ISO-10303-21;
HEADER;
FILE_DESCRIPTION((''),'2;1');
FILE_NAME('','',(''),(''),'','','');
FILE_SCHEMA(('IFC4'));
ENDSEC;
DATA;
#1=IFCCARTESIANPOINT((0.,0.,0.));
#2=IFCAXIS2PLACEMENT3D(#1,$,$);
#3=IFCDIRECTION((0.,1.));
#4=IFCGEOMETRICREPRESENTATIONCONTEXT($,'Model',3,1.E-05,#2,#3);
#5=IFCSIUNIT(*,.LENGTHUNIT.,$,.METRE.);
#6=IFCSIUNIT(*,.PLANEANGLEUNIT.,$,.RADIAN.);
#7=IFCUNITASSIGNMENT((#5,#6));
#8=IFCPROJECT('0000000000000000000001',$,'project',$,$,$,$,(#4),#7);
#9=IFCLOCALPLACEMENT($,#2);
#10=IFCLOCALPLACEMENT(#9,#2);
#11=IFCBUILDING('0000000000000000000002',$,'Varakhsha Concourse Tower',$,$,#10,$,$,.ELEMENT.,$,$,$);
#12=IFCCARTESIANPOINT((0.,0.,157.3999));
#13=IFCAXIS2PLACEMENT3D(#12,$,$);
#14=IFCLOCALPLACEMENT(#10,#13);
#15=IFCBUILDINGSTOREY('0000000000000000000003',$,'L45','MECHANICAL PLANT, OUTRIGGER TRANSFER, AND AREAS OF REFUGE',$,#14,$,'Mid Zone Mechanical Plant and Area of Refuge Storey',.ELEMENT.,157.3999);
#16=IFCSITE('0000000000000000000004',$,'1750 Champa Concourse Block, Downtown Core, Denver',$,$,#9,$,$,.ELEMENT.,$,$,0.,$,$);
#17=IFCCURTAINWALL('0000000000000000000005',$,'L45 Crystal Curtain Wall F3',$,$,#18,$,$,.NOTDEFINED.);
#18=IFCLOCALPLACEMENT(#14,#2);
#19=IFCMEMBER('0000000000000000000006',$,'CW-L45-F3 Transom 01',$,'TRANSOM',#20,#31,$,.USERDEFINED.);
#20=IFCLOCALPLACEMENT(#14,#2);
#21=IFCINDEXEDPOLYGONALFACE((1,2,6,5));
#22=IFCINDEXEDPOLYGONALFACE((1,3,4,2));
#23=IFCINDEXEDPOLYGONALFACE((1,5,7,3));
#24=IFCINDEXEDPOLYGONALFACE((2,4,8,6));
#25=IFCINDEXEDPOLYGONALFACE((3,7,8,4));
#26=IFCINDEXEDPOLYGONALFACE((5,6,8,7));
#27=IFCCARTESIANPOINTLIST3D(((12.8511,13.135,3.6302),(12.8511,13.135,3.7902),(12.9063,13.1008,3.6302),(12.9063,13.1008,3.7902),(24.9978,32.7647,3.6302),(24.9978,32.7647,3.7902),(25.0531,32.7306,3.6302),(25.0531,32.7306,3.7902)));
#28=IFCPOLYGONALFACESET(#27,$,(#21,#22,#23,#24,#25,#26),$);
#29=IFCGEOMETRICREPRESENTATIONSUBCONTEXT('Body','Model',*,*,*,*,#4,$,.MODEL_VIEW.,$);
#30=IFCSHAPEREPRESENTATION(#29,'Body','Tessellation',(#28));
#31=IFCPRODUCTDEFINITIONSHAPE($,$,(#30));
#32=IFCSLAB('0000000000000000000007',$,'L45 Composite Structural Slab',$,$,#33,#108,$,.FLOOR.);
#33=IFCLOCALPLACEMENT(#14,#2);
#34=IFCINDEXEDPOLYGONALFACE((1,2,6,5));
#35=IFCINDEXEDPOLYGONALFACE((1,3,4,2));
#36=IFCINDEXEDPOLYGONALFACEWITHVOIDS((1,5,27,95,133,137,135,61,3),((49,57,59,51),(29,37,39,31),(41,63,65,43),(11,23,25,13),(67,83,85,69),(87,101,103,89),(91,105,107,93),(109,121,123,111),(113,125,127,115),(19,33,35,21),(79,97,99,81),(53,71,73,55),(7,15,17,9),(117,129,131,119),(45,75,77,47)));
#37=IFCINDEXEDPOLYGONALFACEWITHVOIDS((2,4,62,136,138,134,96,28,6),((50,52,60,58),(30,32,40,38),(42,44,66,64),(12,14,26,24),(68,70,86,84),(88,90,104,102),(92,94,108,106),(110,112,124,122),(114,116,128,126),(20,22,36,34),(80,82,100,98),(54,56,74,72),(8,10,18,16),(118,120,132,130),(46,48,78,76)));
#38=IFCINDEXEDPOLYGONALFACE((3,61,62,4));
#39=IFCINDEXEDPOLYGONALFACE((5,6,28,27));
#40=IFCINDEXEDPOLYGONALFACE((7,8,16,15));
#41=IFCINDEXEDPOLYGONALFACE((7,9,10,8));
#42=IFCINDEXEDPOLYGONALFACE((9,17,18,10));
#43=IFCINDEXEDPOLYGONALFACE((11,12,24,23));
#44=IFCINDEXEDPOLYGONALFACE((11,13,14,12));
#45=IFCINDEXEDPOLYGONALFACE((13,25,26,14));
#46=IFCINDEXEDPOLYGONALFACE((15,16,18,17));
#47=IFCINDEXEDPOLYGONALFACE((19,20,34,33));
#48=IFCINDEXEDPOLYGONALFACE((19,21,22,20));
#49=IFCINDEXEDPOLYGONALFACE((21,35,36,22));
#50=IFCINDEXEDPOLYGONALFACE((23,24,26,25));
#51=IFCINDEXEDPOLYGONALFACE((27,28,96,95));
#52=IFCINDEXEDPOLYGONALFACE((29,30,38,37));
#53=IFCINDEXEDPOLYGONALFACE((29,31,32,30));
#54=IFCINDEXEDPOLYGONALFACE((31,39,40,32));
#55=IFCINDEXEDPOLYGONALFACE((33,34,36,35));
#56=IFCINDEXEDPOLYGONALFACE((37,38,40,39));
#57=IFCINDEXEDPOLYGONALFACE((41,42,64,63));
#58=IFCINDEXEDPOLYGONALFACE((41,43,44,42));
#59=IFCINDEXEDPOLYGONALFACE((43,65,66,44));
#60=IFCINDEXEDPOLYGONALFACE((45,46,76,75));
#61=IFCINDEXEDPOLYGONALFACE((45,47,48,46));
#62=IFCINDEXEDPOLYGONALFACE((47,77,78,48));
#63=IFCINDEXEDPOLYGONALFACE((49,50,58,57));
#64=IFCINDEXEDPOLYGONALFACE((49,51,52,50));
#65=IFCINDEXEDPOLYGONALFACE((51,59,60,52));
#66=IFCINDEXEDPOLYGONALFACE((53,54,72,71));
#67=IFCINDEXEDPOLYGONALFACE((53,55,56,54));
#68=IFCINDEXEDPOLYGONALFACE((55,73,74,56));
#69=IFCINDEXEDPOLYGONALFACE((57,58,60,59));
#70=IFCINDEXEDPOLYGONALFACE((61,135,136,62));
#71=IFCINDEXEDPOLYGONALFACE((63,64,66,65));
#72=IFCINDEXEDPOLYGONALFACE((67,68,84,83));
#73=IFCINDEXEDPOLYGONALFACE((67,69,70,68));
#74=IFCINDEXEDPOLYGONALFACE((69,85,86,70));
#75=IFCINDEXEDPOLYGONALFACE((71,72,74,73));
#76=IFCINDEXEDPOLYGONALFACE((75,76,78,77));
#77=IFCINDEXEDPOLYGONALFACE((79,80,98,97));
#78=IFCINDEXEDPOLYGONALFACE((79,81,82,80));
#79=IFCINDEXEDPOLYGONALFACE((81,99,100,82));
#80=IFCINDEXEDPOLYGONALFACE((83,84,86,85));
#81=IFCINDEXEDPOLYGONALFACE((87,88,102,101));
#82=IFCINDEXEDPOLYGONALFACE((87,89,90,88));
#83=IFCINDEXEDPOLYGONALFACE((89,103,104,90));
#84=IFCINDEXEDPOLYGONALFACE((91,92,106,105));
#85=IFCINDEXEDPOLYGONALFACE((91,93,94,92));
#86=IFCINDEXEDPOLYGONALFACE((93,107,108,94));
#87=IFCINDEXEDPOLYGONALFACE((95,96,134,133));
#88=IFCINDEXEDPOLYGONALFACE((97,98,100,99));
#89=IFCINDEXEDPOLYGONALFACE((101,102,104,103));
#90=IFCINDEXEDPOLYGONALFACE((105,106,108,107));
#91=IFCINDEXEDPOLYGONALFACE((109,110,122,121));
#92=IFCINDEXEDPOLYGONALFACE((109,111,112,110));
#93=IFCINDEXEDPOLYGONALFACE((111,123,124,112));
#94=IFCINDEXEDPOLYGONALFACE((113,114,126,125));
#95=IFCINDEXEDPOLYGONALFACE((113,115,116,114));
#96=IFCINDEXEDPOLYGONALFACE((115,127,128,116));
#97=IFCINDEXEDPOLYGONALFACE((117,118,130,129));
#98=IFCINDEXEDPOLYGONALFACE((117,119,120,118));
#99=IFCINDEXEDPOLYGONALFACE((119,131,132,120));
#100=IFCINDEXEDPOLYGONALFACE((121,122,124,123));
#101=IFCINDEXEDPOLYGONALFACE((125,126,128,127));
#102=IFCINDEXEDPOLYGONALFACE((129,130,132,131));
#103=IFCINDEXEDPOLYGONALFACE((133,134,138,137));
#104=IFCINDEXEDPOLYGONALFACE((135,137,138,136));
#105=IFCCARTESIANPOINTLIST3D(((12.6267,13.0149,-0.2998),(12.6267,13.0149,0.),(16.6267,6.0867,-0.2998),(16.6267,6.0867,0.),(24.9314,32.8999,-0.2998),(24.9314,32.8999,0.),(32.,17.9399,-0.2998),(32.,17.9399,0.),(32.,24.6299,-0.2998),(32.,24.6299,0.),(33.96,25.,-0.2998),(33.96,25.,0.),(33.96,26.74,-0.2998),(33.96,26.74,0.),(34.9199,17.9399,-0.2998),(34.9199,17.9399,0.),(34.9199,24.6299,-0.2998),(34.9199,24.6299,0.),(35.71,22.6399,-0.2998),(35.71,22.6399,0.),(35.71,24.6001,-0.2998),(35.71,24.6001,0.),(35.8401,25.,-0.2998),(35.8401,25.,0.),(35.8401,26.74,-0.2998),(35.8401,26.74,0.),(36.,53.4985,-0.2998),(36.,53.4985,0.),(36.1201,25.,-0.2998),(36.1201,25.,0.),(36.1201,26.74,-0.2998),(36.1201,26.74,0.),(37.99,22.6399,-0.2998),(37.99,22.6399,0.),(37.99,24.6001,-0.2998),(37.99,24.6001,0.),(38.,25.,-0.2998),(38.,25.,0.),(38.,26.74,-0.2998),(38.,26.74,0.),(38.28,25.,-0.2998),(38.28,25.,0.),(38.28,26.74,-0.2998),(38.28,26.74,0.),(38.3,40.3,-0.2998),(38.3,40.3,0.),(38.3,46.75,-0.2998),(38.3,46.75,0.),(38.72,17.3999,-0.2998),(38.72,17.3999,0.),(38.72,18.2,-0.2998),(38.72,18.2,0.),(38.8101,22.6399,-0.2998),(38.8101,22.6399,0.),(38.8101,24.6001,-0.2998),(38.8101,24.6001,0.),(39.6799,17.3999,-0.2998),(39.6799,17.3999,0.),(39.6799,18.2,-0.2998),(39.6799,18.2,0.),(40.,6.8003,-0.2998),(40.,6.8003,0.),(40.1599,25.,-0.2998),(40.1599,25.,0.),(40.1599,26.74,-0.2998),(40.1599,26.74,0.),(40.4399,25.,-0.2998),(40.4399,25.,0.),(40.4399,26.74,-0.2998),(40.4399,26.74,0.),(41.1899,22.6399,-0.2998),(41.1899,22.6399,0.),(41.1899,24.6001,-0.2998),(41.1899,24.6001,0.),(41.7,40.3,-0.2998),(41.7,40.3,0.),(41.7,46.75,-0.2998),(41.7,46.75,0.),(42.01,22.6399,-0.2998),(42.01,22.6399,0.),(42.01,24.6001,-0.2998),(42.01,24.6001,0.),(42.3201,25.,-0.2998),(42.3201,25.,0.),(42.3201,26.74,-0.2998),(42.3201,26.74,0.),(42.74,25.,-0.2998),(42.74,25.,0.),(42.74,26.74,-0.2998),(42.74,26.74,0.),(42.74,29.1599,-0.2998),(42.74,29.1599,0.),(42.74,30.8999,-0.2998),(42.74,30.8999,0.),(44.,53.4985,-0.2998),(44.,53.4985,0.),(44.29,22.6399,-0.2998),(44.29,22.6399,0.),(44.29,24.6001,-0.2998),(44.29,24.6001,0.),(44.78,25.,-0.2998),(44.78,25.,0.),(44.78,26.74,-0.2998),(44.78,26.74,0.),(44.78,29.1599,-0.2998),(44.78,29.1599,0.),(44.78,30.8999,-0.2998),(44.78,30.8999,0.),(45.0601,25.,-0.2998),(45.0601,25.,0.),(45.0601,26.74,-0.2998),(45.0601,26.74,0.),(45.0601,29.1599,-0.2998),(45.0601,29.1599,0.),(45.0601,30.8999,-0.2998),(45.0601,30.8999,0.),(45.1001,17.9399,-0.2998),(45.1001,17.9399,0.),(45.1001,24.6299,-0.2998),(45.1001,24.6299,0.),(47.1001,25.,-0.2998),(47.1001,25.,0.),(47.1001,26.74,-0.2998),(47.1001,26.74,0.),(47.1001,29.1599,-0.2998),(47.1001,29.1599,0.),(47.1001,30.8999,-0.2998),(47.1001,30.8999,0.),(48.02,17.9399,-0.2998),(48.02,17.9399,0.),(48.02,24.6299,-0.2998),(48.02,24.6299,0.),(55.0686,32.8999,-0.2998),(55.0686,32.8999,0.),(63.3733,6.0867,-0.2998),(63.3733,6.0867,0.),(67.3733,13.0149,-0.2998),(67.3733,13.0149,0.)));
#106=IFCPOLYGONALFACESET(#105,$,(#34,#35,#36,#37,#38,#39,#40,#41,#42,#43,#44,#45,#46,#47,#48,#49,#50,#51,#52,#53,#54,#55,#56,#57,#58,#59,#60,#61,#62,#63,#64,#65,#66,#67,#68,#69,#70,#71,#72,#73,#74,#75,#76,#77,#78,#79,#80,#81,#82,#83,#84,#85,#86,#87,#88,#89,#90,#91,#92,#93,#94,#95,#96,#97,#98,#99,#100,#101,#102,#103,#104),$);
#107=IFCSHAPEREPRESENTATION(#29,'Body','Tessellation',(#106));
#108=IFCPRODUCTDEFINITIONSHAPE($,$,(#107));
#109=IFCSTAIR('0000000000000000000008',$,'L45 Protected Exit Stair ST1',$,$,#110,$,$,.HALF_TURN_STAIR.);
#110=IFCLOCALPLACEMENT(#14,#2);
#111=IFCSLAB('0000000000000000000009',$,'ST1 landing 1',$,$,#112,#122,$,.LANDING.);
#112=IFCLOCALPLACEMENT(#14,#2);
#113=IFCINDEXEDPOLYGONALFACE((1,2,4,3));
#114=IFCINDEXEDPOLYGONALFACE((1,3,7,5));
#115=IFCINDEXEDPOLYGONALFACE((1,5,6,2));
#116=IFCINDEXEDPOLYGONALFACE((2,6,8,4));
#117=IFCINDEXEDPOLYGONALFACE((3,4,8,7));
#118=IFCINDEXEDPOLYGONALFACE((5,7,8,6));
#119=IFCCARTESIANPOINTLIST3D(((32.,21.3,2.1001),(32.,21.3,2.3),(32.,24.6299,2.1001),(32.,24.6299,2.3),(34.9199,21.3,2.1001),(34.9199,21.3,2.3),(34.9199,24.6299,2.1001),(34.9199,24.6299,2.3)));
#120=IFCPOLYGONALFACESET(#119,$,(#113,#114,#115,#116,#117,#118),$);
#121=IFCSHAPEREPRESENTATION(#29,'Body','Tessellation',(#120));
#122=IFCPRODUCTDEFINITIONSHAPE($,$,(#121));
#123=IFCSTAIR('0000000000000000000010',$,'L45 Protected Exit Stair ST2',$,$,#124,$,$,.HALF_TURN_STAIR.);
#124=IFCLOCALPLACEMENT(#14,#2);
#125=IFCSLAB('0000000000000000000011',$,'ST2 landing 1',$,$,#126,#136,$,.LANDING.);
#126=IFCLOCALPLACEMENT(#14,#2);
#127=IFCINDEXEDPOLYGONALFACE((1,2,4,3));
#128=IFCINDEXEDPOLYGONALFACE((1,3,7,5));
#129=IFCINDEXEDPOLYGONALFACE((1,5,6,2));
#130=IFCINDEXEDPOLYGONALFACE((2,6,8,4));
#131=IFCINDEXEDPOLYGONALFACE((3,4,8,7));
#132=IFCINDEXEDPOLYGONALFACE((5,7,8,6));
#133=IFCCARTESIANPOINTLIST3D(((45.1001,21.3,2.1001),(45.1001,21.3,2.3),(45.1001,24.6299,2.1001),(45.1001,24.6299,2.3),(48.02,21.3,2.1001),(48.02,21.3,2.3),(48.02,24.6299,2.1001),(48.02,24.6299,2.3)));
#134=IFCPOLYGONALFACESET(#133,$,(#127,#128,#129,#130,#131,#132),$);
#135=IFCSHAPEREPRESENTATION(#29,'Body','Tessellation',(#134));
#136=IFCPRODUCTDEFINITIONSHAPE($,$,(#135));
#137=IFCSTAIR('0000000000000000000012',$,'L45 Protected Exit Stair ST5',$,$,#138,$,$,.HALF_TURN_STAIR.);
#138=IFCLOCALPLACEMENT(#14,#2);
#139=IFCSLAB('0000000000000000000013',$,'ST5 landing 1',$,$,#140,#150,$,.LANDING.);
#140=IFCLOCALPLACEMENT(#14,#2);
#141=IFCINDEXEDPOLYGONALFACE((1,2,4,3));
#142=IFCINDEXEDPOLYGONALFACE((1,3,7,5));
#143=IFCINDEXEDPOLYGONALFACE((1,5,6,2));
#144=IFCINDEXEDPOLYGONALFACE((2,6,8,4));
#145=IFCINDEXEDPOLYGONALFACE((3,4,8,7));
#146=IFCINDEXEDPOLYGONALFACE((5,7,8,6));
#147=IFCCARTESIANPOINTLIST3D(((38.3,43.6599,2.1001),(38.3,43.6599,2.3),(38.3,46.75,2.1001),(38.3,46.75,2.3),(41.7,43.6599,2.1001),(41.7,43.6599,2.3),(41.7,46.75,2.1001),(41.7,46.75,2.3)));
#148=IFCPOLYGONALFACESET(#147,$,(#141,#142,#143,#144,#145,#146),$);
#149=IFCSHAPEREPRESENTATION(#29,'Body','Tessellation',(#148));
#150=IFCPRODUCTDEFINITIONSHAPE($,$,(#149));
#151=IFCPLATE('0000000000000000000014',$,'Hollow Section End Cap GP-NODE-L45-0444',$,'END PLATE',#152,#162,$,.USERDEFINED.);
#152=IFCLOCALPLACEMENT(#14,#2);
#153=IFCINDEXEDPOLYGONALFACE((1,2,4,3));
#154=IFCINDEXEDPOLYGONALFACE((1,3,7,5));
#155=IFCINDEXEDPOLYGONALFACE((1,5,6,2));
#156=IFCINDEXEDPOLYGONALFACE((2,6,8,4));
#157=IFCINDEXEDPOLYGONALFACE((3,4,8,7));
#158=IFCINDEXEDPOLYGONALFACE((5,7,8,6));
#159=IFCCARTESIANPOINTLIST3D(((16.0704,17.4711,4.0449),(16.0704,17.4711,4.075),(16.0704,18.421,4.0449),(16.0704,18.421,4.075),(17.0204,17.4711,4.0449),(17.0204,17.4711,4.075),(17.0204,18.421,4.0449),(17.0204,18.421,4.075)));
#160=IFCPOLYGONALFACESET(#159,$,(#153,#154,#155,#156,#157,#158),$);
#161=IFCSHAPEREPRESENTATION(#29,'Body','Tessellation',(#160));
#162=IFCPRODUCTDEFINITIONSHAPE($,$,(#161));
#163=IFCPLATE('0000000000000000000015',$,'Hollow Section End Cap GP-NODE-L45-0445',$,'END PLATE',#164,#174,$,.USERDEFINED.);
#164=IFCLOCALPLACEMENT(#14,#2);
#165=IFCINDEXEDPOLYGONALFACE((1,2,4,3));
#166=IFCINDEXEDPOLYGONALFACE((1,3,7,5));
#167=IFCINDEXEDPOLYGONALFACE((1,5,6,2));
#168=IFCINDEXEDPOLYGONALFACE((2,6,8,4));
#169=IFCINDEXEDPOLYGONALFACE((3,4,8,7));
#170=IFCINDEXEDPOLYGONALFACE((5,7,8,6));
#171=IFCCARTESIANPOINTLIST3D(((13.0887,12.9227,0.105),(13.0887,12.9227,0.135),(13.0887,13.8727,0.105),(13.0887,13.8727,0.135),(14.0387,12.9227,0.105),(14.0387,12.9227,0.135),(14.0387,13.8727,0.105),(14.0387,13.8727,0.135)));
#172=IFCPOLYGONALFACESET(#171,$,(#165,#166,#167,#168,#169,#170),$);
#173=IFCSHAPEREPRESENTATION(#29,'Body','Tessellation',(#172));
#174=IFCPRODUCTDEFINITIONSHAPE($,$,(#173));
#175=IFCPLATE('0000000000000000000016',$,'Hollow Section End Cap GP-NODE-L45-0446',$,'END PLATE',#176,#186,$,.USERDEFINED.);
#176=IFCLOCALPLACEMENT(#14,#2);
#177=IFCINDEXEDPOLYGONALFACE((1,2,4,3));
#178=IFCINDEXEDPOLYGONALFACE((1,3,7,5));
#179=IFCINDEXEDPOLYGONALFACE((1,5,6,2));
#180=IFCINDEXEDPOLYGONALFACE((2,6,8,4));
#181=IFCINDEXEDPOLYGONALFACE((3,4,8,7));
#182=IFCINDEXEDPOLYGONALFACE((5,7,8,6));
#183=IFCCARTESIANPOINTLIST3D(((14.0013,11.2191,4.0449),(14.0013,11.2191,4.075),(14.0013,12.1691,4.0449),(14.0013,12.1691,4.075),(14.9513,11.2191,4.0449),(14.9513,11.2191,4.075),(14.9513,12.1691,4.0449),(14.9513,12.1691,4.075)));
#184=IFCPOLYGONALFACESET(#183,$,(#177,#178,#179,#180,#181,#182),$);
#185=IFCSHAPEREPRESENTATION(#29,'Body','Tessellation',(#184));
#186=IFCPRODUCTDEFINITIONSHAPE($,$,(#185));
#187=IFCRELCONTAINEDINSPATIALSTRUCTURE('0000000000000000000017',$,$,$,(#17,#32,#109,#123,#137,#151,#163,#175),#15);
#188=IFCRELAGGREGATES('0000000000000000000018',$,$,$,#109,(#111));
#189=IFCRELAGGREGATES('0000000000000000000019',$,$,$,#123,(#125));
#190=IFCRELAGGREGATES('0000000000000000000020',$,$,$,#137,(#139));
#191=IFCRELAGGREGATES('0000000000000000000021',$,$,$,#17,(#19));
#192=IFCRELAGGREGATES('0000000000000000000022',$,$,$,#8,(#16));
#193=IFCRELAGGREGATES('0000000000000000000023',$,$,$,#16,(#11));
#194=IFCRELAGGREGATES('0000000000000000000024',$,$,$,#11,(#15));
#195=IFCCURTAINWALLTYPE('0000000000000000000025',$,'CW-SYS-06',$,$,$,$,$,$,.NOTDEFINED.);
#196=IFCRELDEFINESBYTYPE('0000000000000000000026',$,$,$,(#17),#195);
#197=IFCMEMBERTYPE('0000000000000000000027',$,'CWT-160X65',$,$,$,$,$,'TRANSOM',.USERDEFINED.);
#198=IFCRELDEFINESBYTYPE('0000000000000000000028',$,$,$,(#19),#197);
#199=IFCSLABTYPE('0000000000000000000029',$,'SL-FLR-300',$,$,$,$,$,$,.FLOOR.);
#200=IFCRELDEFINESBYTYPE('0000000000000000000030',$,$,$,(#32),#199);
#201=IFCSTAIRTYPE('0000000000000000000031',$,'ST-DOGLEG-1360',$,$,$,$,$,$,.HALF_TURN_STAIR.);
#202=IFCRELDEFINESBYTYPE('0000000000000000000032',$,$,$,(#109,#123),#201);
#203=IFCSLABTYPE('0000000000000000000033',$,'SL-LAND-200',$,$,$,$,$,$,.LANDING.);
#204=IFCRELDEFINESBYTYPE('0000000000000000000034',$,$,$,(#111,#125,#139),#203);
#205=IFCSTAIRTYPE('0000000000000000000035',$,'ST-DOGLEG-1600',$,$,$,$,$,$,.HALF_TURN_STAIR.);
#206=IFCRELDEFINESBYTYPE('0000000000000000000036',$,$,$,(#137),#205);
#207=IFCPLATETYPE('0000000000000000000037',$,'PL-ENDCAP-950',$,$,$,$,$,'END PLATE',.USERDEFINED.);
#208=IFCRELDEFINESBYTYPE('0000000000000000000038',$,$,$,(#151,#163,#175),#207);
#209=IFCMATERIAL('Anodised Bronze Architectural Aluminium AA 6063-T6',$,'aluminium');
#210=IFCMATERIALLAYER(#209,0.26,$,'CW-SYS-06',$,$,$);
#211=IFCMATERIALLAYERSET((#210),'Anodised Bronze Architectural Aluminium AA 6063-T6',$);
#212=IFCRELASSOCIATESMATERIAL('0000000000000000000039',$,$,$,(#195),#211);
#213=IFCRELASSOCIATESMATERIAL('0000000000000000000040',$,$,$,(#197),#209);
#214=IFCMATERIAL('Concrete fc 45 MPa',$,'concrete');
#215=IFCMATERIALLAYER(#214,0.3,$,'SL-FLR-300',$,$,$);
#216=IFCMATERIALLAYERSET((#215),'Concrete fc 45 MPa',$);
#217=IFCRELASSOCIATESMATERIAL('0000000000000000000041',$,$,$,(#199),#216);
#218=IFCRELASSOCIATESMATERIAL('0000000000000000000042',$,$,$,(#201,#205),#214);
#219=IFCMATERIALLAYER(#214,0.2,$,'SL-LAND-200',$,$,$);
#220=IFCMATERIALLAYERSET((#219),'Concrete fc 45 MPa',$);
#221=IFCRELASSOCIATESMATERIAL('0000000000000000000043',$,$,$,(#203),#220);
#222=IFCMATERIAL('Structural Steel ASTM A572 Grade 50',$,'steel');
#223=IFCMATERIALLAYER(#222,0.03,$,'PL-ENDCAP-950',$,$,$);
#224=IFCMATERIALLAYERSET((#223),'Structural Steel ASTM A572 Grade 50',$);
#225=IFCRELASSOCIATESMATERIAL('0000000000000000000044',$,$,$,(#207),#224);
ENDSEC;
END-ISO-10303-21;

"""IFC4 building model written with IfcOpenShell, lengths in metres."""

from ifc_helpers import new_model, si_unit, direction, frame, origin, origin_2d, place, context, subcontext, project, spatial, polyline, rectangle, outline, extrude, source, transform, mapped, material, layer, layer_set, material_profile, profile_set, type_object, type_shapes, element, aggregate, save


model = new_model("IFC4")

# Units and contexts
model_context = context("Model", 3, precision=1e-05, world=origin(), true_north=direction((0.0, 1.0)))
body_context = subcontext(model_context, "Body", "Model", "MODEL_VIEW")
ifc_project = project(units=[si_unit("LENGTHUNIT", "METRE"), si_unit("PLANEANGLEUNIT", "RADIAN")], contexts=[model_context])

# Site, building, storey
site_placement = place(None, origin())
site = spatial("IfcSite", under=ifc_project, at=site_placement, Name="1750 Champa Concourse Block, Downtown Core, Denver", CompositionType="ELEMENT", RefElevation=0.0)
building_placement = place(site_placement, origin())
building = spatial("IfcBuilding", under=site, at=building_placement, Name="Varakhsha Concourse Tower", CompositionType="ELEMENT")
storey_placement = place(building_placement, frame((0.0, 0.0, 157.3999)))
storey = spatial("IfcBuildingStorey", under=building, at=storey_placement, Name="L45", Description="MECHANICAL PLANT, OUTRIGGER TRANSFER, AND AREAS OF REFUGE", LongName="Mid Zone Mechanical Plant and Area of Refuge Storey", CompositionType="ELEMENT", Elevation=157.3999)

# Shared definitions
ifc_material_1 = material(Name="Structural Steel ASTM A572 Grade 50", Category="steel")

# Curtain wall
ifc_material_2 = material(Name="Anodised Bronze Architectural Aluminium AA 6063-T6", Category="aluminium")
ifc_layer_1 = layer(ifc_material_2, 0.26, Name="CW-SYS-06")
ifc_layer_set_1 = layer_set([ifc_layer_1], Name="Anodised Bronze Architectural Aluminium AA 6063-T6")
curtain_wall_type = type_object("IfcCurtainWallType", Name="CW-SYS-06", PredefinedType="NOTDEFINED", material=ifc_layer_set_1)
curtain_wall_1_placement = place(storey_placement, origin())
curtain_wall_1 = element("IfcCurtainWall", 1, at=curtain_wall_1_placement, inside=storey, type_object=curtain_wall_type, Name="L45 Crystal Curtain Wall F3", PredefinedType="NOTDEFINED")

# Member
ifc_material_profile_1 = material_profile(ifc_material_2, rectangle(XDim=0.0649, YDim=0.1599, at=origin_2d()), Name="CWT-160X65")
ifc_profile_set_1 = profile_set([ifc_material_profile_1], Name="Anodised Bronze Architectural Aluminium AA 6063-T6")
member_type_1 = type_object("IfcMemberType", Name="CWT-160X65", ElementType="TRANSOM", PredefinedType="USERDEFINED", material=ifc_profile_set_1)
shared_shape_1 = source(origin(), body_context, "Body", "SweptSolid", [
    extrude(rectangle(XDim=0.0649, YDim=0.1599, at=origin_2d()), origin(), (0.0, 0.0, 1.0), 23.084),
])
member_1_placement = place(storey_placement, frame((12.8787, 13.1179, 3.7102), z_axis=(0.526199, 0.850361, 0.0), x_axis=(-0.850361, 0.526199, 0.0)))
member_1 = element("IfcMember", 2, at=member_1_placement, type_object=member_type_1, Name="CW-L45-F3 Transom 01", ObjectType="TRANSOM", PredefinedType="USERDEFINED", context=body_context, shape_type="MappedRepresentation", body=[
    mapped(shared_shape_1, transform((0.0, 0.0, 0.0), scale=1.0)),
])

# Slab
ifc_material_3 = material(Name="Concrete fc 45 MPa", Category="concrete")
ifc_layer_2 = layer(ifc_material_3, 0.3, Name="SL-FLR-300")
ifc_layer_set_2 = layer_set([ifc_layer_2], Name="Concrete fc 45 MPa")
slab_type_1 = type_object("IfcSlabType", Name="SL-FLR-300", PredefinedType="FLOOR", material=ifc_layer_set_2)
slab_1_placement = place(storey_placement, frame((0.0, 0.0, -0.2998)))
element("IfcSlab", 3, at=slab_1_placement, inside=storey, type_object=slab_type_1, Name="L45 Composite Structural Slab", PredefinedType="FLOOR", context=body_context, shape_type="SweptSolid", body=[
    extrude(outline(polyline([(44.0, 53.4985), (36.0, 53.4985), (24.9314, 32.8999), (12.6267, 13.0149), (16.6267, 6.0867), (40.0, 6.8003), (63.3733, 6.0867), (67.3733, 13.0149), (55.0686, 32.8999), (44.0, 53.4985)]), holes=[polyline([(34.9199, 17.9399), (34.9199, 24.6299), (32.0, 24.6299), (32.0, 17.9399), (34.9199, 17.9399)]), polyline([(48.02, 17.9399), (48.02, 24.6299), (45.1001, 24.6299), (45.1001, 17.9399), (48.02, 17.9399)]), polyline([(41.7, 40.3), (41.7, 46.75), (38.3, 46.75), (38.3, 40.3), (41.7, 40.3)]), polyline([(33.96, 25.0), (35.8401, 25.0), (35.8401, 26.74), (33.96, 26.74), (33.96, 25.0)]), polyline([(36.1201, 25.0), (38.0, 25.0), (38.0, 26.74), (36.1201, 26.74), (36.1201, 25.0)]), polyline([(38.28, 25.0), (40.1599, 25.0), (40.1599, 26.74), (38.28, 26.74), (38.28, 25.0)]), polyline([(40.4399, 25.0), (42.3201, 25.0), (42.3201, 26.74), (40.4399, 26.74), (40.4399, 25.0)]), polyline([(42.74, 29.1599), (44.78, 29.1599), (44.78, 30.8999), (42.74, 30.8999), (42.74, 29.1599)]), polyline([(45.0601, 29.1599), (47.1001, 29.1599), (47.1001, 30.8999), (45.0601, 30.8999), (45.0601, 29.1599)]), polyline([(42.74, 25.0), (44.78, 25.0), (44.78, 26.74), (42.74, 26.74), (42.74, 25.0)]), polyline([(45.0601, 25.0), (47.1001, 25.0), (47.1001, 26.74), (45.0601, 26.74), (45.0601, 25.0)]), polyline([(35.71, 22.6399), (37.99, 22.6399), (37.99, 24.6001), (35.71, 24.6001), (35.71, 22.6399)]), polyline([(42.01, 22.6399), (44.29, 22.6399), (44.29, 24.6001), (42.01, 24.6001), (42.01, 22.6399)]), polyline([(38.8101, 22.6399), (41.1899, 22.6399), (41.1899, 24.6001), (38.8101, 24.6001), (38.8101, 22.6399)]), polyline([(38.72, 17.3999), (39.6799, 17.3999), (39.6799, 18.2), (38.72, 18.2), (38.72, 17.3999)])]), origin(), (0.0, 0.0, 1.0), 0.2998),
])

# Stairs, slabs
stair_type_1 = type_object("IfcStairType", Name="ST-DOGLEG-1360", PredefinedType="HALF_TURN_STAIR", material=ifc_material_3)
stair_1_placement = place(storey_placement, origin())
stair_1 = element("IfcStair", 4, at=stair_1_placement, inside=storey, type_object=stair_type_1, Name="L45 Protected Exit Stair ST1", PredefinedType="HALF_TURN_STAIR")
ifc_layer_3 = layer(ifc_material_3, 0.2, Name="SL-LAND-200")
ifc_layer_set_3 = layer_set([ifc_layer_3], Name="Concrete fc 45 MPa")
slab_type_2 = type_object("IfcSlabType", Name="SL-LAND-200", PredefinedType="LANDING", material=ifc_layer_set_3)
slab_2_placement = place(storey_placement, frame((0.0, 0.0, 2.1001)))
slab_2 = element("IfcSlab", 5, at=slab_2_placement, type_object=slab_type_2, Name="ST1 landing 1", PredefinedType="LANDING", context=body_context, shape_type="SweptSolid", body=[
    extrude(outline(polyline([(34.9199, 21.3), (34.9199, 24.6299), (32.0, 24.6299), (32.0, 21.3), (34.9199, 21.3)])), origin(), (0.0, 0.0, 1.0), 0.2),
])
aggregate(stair_1, [slab_2])
stair_2_placement = place(storey_placement, origin())
stair_2 = element("IfcStair", 6, at=stair_2_placement, inside=storey, type_object=stair_type_1, Name="L45 Protected Exit Stair ST2", PredefinedType="HALF_TURN_STAIR")
slab_3_placement = place(storey_placement, frame((0.0, 0.0, 2.1001)))
slab_3 = element("IfcSlab", 7, at=slab_3_placement, type_object=slab_type_2, Name="ST2 landing 1", PredefinedType="LANDING", context=body_context, shape_type="SweptSolid", body=[
    extrude(outline(polyline([(48.02, 21.3), (48.02, 24.6299), (45.1001, 24.6299), (45.1001, 21.3), (48.02, 21.3)])), origin(), (0.0, 0.0, 1.0), 0.2),
])
aggregate(stair_2, [slab_3])
stair_type_2 = type_object("IfcStairType", Name="ST-DOGLEG-1600", PredefinedType="HALF_TURN_STAIR", material=ifc_material_3)
stair_3_placement = place(storey_placement, origin())
stair_3 = element("IfcStair", 8, at=stair_3_placement, inside=storey, type_object=stair_type_2, Name="L45 Protected Exit Stair ST5", PredefinedType="HALF_TURN_STAIR")
slab_4_placement = place(storey_placement, frame((0.0, 0.0, 2.1001)))
slab_4 = element("IfcSlab", 9, at=slab_4_placement, type_object=slab_type_2, Name="ST5 landing 1", PredefinedType="LANDING", context=body_context, shape_type="SweptSolid", body=[
    extrude(outline(polyline([(41.7, 43.6599), (41.7, 46.75), (38.3, 46.75), (38.3, 43.6599), (41.7, 43.6599)])), origin(), (0.0, 0.0, 1.0), 0.2),
])
aggregate(stair_3, [slab_4])

# Plates
ifc_layer_4 = layer(ifc_material_1, 0.03, Name="PL-ENDCAP-950")
ifc_layer_set_4 = layer_set([ifc_layer_4], Name="Structural Steel ASTM A572 Grade 50")
plate_type_1 = type_object("IfcPlateType", Name="PL-ENDCAP-950", ElementType="END PLATE", PredefinedType="USERDEFINED", material=ifc_layer_set_4)
shared_shape_2 = source(origin(), body_context, "Body", "SweptSolid", [
    extrude(rectangle(XDim=0.95, YDim=0.95, at=origin_2d()), origin(), (0.0, 0.0, 1.0), 0.03),
])
type_shapes(plate_type_1, [shared_shape_2])
for number, where, z_axis, x_axis, name in (
    (10, (16.5454, 17.946, 4.0449), (0.0, 0.0, 1.0), (1.0, 0.0, 0.0), "Hollow Section End Cap GP-NODE-L45-0444"),
    (11, (13.5637, 13.3977, 0.105), (0.0, 0.0, 1.0), (1.0, 0.0, 0.0), "Hollow Section End Cap GP-NODE-L45-0445"),
    (12, (14.4763, 11.6941, 4.0449), (0.0, 0.0, 1.0), (1.0, 0.0, 0.0), "Hollow Section End Cap GP-NODE-L45-0446"),
):
    element("IfcPlate", number, at=place(storey_placement, frame(where, z_axis=z_axis, x_axis=x_axis)), inside=storey, type_object=plate_type_1, Name=name, ObjectType="END PLATE", PredefinedType="USERDEFINED", context=body_context, shape_type="MappedRepresentation", body=[
        mapped(shared_shape_2, transform((0.0, 0.0, 0.0), scale=1.0)),
    ])

aggregate(curtain_wall_1, [member_1])

save(model, "model.ifc")
